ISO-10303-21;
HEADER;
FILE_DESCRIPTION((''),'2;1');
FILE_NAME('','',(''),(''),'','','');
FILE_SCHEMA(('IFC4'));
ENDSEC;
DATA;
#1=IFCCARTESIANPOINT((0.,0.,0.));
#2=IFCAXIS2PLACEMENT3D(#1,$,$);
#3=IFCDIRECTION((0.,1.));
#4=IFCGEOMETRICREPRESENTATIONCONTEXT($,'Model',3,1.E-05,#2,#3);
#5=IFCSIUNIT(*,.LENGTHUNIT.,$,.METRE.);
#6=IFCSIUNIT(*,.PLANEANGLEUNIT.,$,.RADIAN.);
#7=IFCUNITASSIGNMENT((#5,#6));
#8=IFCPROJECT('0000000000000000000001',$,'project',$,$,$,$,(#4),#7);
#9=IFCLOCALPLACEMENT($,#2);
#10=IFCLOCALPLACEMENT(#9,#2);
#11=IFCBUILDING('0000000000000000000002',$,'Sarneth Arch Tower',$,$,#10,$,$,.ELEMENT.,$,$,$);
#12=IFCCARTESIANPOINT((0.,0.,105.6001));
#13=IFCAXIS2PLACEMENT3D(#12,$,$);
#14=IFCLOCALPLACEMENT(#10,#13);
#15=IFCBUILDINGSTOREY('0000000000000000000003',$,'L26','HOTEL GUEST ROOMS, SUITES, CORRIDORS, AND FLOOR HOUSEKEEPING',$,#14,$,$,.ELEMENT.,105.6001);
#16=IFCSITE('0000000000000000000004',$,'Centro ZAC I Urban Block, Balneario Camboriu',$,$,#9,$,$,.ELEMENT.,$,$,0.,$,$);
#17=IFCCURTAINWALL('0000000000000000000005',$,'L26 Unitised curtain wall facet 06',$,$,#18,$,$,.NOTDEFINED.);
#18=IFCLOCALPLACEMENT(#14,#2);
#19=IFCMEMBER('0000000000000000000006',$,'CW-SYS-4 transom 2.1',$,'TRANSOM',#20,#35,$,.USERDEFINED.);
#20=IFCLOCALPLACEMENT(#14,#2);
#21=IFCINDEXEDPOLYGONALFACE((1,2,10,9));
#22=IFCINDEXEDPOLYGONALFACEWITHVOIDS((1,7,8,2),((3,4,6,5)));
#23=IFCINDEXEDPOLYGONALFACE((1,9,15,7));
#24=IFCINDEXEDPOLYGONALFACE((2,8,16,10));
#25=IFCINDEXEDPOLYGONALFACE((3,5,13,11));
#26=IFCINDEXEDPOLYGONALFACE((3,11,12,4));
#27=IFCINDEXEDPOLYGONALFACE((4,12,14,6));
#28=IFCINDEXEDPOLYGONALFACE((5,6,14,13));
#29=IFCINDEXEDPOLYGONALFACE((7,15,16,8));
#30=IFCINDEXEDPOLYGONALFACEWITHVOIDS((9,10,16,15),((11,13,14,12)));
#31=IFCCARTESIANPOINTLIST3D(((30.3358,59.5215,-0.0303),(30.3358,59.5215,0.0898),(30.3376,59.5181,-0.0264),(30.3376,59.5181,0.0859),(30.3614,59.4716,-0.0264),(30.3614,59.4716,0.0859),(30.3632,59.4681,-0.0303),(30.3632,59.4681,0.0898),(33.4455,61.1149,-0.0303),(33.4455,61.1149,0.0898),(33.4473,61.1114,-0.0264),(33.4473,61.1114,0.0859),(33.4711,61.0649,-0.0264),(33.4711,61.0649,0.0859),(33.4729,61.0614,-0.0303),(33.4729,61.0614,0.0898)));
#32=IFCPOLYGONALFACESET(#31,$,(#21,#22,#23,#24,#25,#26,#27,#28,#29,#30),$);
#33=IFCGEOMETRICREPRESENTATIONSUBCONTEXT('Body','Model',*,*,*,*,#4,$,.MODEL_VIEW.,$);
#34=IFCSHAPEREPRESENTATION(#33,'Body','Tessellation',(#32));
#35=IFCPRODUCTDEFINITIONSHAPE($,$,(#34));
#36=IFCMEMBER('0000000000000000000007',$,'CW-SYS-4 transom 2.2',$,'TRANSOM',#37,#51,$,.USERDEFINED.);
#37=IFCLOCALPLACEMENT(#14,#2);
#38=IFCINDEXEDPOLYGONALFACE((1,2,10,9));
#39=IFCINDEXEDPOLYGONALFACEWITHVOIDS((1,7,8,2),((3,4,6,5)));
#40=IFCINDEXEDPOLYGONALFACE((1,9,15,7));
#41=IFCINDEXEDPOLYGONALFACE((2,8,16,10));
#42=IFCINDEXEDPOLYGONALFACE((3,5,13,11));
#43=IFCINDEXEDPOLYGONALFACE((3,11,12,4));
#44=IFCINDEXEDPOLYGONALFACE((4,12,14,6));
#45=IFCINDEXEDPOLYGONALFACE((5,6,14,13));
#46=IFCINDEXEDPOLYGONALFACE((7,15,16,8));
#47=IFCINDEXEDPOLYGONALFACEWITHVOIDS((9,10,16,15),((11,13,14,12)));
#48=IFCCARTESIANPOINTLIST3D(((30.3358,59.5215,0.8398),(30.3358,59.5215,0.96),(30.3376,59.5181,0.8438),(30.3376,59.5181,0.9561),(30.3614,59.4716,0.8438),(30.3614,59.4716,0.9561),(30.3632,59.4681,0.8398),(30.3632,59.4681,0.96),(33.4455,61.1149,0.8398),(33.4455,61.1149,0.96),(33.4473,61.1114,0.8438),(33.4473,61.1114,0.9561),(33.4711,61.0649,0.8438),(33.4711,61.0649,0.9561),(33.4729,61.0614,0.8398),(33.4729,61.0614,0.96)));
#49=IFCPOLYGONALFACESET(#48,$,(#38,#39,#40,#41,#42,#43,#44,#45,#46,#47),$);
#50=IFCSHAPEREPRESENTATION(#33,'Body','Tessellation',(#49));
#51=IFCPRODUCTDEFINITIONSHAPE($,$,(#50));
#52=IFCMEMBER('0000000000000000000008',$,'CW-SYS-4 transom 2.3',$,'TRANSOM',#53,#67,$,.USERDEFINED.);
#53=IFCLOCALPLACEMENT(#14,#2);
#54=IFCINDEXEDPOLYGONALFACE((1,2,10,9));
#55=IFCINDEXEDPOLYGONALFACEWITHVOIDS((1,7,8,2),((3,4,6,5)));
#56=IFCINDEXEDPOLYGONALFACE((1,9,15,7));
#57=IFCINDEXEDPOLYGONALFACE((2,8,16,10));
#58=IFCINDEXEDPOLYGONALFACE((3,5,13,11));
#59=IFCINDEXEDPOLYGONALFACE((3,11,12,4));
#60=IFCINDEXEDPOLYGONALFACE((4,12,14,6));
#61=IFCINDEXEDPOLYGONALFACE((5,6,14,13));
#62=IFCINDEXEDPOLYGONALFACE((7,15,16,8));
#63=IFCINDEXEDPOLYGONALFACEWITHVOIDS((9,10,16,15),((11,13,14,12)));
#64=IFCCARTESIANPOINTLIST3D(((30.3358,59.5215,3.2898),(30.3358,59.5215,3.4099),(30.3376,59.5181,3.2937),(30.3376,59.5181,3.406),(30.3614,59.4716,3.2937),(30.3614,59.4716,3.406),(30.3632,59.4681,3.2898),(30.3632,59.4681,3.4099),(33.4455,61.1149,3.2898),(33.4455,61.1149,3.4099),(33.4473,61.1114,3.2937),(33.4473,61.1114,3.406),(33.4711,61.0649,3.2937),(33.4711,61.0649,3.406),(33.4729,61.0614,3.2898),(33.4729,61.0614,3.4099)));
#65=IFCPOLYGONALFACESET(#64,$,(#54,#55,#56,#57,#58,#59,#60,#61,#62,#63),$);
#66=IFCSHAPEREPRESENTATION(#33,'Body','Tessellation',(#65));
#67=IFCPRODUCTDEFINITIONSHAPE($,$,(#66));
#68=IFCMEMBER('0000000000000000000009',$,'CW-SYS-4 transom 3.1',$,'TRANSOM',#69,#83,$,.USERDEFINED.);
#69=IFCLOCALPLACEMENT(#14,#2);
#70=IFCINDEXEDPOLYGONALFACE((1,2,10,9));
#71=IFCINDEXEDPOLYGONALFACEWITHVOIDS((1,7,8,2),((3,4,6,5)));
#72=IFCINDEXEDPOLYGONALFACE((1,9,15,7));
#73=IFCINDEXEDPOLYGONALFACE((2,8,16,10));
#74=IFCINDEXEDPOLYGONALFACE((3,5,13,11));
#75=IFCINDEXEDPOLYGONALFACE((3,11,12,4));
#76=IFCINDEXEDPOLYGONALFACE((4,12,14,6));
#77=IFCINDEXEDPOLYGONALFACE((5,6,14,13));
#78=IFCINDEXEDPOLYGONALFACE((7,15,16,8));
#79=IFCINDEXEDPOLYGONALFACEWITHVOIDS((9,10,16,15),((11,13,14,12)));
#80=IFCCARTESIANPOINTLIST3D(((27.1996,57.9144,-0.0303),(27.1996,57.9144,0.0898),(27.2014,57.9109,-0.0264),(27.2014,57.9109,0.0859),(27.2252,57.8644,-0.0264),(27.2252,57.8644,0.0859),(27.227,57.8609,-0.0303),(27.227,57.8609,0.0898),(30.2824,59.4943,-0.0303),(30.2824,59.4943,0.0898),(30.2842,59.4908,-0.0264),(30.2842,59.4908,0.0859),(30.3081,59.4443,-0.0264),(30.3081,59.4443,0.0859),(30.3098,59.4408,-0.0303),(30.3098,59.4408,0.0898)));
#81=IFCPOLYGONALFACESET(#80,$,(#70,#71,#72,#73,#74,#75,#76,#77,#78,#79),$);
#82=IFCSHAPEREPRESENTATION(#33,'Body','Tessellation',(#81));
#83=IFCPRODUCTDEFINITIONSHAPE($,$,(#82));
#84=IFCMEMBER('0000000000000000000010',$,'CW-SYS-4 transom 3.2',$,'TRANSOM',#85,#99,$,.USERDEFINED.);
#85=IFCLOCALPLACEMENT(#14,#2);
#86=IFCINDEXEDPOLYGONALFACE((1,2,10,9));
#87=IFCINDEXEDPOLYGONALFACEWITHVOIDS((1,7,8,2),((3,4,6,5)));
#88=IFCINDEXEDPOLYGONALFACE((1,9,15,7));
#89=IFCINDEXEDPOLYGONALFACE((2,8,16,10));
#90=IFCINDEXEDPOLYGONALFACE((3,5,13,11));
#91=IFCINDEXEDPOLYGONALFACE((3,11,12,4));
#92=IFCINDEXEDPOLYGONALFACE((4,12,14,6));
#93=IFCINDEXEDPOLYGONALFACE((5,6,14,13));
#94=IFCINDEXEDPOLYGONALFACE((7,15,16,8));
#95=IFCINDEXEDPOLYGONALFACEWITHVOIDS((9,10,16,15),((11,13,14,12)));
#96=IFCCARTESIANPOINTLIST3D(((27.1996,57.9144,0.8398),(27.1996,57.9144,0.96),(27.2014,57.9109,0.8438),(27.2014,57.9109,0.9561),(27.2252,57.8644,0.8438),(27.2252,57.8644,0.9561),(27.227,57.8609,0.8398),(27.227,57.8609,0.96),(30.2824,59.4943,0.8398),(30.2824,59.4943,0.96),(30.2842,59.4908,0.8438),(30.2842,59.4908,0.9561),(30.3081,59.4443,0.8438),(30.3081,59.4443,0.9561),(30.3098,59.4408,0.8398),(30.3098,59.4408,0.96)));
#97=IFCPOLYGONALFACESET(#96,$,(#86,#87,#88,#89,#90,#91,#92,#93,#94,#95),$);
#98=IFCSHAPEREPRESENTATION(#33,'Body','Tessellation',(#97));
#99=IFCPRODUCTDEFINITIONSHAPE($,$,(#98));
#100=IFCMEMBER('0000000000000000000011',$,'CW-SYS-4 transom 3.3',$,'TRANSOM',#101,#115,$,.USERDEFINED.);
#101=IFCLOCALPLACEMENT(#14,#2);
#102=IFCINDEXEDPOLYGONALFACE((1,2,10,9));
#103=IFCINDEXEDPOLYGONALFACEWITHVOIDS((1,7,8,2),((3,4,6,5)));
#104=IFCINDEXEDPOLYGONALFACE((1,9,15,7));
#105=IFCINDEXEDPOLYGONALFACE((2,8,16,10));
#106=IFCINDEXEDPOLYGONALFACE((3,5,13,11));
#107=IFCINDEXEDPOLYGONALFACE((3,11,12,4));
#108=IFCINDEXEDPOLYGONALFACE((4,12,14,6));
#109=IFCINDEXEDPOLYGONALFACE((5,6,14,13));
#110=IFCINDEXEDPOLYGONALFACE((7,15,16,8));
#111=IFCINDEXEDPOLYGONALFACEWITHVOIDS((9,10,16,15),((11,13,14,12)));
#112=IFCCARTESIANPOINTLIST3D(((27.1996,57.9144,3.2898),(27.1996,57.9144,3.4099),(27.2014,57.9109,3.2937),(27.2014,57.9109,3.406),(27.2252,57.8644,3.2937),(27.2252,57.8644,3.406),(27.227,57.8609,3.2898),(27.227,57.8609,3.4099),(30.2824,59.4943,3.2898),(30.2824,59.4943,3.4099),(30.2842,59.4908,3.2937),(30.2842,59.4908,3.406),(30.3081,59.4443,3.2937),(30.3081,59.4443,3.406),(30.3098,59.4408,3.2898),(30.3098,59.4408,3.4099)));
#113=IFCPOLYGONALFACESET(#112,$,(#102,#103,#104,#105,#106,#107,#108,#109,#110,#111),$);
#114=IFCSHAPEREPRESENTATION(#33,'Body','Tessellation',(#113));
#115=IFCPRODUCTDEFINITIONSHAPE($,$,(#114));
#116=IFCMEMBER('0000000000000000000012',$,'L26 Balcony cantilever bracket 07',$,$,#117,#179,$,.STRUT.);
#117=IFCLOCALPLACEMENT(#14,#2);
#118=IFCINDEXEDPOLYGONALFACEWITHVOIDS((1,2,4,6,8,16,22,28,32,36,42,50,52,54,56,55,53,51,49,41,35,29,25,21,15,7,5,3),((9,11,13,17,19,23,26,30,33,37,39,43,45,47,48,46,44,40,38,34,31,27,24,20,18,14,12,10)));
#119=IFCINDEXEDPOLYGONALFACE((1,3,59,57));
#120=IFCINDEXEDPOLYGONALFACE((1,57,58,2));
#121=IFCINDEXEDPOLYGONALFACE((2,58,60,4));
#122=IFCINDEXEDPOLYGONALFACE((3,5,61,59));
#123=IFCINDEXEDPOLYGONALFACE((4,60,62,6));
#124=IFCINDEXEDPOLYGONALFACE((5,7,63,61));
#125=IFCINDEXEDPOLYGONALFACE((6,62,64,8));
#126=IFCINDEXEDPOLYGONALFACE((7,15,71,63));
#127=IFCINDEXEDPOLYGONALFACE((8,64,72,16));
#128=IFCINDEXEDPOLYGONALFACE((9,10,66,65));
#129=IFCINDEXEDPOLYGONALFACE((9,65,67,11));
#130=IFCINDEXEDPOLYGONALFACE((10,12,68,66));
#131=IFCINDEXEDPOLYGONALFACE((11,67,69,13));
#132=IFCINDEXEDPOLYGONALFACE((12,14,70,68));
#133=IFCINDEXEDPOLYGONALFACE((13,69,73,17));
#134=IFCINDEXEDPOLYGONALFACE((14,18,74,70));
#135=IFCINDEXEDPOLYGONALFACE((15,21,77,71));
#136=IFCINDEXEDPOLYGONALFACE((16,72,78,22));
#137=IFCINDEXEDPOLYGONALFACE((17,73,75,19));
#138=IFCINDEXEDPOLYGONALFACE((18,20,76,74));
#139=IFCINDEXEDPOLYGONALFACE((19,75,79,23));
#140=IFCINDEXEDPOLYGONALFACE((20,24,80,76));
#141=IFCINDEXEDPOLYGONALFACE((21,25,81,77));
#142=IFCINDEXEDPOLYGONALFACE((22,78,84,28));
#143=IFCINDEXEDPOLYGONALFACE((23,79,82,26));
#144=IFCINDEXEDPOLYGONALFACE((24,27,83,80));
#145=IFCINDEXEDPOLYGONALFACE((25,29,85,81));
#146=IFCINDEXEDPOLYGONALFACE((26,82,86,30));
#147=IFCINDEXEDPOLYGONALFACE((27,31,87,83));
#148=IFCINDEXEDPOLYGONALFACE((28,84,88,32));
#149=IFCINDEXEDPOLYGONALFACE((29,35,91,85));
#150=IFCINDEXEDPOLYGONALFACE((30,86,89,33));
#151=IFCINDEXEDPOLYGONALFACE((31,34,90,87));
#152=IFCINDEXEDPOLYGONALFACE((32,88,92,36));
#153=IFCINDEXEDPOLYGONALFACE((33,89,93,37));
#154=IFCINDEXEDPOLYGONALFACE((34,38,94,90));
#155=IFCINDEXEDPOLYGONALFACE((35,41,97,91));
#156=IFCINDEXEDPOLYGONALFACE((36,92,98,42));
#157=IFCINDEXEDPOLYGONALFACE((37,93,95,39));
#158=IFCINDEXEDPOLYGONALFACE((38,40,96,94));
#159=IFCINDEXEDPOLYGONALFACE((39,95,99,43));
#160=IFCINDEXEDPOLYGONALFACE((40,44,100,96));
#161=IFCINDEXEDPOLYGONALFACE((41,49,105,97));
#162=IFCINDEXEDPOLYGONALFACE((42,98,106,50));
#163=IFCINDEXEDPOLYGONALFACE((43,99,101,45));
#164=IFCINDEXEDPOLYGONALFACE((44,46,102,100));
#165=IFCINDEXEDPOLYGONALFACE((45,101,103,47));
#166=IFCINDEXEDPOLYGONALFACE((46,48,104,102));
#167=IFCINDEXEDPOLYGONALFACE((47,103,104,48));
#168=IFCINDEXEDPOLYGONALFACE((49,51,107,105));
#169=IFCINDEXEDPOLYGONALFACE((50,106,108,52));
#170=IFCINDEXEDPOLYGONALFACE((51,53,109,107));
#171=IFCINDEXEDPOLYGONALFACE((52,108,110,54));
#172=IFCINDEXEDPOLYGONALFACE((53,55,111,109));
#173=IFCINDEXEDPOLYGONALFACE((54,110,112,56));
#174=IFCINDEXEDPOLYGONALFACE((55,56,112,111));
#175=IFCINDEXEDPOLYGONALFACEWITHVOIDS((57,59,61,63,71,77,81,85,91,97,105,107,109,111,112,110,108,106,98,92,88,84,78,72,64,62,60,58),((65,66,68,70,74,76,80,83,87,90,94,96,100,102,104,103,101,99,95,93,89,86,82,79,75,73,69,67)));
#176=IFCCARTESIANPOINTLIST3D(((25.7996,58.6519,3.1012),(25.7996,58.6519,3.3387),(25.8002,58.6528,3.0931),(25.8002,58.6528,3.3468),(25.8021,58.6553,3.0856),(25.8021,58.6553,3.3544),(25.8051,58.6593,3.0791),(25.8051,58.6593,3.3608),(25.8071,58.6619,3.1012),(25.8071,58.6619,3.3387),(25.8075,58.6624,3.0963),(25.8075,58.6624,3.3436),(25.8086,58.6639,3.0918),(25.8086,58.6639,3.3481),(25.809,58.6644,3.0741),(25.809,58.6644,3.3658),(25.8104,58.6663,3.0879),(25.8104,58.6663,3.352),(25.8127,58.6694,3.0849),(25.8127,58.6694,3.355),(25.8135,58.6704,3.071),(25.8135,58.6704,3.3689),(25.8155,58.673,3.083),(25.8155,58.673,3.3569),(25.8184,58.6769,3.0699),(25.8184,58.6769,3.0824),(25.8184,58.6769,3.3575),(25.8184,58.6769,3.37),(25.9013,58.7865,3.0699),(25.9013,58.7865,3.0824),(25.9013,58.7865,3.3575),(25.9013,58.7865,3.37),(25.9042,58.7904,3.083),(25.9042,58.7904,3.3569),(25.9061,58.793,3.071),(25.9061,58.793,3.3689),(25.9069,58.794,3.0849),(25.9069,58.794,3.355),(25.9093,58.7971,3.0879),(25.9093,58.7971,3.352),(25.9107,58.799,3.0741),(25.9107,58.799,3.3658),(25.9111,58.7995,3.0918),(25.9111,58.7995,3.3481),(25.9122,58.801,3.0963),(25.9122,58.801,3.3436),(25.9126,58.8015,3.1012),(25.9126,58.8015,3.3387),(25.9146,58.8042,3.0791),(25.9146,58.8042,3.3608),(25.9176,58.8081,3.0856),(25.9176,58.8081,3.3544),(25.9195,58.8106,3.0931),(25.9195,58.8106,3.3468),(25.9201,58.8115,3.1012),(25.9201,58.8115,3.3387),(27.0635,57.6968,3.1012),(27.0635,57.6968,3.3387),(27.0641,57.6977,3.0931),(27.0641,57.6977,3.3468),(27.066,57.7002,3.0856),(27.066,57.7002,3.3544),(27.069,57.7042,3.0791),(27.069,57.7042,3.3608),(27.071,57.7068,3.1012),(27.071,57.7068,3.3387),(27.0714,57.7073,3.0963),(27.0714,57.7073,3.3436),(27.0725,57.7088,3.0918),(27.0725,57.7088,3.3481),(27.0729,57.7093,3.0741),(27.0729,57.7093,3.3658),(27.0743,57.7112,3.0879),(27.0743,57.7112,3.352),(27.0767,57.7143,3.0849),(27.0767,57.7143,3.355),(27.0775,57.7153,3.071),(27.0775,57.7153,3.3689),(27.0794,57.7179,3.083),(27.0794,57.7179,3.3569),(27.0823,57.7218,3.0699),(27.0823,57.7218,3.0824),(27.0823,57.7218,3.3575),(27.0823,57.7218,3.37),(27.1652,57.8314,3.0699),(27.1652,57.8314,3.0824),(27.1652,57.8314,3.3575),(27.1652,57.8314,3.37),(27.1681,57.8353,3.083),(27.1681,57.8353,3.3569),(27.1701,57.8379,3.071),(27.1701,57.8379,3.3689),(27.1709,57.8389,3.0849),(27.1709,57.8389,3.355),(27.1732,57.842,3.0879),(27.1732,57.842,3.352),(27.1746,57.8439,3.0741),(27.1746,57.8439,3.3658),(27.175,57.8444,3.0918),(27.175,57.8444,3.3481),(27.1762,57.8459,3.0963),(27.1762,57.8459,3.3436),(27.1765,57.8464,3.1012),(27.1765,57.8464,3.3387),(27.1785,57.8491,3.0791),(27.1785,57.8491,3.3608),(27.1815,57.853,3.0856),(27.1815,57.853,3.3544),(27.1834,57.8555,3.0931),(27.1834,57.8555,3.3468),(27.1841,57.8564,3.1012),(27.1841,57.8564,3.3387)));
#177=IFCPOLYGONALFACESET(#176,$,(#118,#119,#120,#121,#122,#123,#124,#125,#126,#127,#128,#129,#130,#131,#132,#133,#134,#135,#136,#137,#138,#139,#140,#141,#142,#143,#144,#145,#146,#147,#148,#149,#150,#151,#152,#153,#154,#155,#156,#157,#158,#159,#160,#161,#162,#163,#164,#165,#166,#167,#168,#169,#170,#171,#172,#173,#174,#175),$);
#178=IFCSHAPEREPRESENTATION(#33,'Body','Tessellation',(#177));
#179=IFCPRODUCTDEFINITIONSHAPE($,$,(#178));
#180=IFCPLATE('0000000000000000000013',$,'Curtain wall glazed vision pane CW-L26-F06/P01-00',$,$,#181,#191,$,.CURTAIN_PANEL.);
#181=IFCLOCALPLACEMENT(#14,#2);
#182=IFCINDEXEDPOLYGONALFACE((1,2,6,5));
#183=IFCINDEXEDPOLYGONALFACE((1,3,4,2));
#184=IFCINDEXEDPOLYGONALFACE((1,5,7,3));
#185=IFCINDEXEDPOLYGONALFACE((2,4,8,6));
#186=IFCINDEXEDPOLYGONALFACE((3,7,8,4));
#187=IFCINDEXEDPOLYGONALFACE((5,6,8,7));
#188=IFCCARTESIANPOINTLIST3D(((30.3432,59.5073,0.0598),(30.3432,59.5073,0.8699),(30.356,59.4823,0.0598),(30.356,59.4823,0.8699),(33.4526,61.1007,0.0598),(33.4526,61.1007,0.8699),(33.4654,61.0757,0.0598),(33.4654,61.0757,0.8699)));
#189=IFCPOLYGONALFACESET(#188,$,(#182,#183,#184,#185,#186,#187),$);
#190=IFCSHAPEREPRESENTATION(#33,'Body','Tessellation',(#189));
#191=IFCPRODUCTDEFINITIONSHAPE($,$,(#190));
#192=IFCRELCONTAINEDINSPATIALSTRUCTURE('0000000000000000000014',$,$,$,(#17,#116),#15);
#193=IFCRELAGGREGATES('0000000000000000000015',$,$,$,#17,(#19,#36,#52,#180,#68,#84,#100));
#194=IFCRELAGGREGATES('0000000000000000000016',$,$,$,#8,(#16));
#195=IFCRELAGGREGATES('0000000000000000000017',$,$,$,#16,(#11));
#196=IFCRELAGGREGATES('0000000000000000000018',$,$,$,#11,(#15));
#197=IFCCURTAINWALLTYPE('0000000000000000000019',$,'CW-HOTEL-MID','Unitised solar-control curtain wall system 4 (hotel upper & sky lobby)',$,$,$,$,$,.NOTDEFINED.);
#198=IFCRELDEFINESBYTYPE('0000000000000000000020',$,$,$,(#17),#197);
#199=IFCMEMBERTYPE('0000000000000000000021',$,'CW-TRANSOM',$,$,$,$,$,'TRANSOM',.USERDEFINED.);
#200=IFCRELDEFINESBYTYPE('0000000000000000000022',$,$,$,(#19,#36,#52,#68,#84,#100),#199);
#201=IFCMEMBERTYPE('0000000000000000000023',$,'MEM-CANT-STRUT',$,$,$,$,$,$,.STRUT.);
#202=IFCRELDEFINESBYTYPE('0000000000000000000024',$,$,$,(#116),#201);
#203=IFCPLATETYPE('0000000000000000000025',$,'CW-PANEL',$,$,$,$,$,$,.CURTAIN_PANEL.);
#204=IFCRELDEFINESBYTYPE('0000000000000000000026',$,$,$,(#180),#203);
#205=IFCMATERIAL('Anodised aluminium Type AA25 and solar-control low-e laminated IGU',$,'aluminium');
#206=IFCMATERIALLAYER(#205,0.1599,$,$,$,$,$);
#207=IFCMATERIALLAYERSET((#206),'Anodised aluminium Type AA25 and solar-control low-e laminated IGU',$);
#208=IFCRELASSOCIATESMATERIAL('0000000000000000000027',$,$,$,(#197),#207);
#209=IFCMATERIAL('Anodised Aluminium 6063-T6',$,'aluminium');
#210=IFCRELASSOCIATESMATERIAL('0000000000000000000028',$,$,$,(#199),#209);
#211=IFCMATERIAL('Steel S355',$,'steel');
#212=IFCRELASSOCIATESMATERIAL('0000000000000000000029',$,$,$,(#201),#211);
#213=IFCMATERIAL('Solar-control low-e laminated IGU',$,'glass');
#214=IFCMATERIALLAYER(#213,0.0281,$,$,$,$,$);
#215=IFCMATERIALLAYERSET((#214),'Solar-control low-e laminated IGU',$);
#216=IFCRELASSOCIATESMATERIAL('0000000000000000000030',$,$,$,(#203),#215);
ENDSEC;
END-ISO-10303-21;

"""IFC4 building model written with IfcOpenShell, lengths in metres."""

from ifc_helpers import new_model, si_unit, direction, frame, origin, origin_2d, place, context, subcontext, project, spatial, rectangle, hollow_rectangle, extrude, material, layer, layer_set, material_profile, profile_set, type_object, element, aggregate, save


model = new_model("IFC4")

# Units and contexts
model_context = context("Model", 3, precision=1e-05, world=origin(), true_north=direction((0.0, 1.0)))
body_context = subcontext(model_context, "Body", "Model", "MODEL_VIEW")
ifc_project = project(units=[si_unit("LENGTHUNIT", "METRE"), si_unit("PLANEANGLEUNIT", "RADIAN")], contexts=[model_context])

# Site, building, storey
site_placement = place(None, origin())
site = spatial("IfcSite", under=ifc_project, at=site_placement, Name="Centro ZAC I Urban Block, Balneario Camboriu", CompositionType="ELEMENT", RefElevation=0.0)
building_placement = place(site_placement, origin())
building = spatial("IfcBuilding", under=site, at=building_placement, Name="Sarneth Arch Tower", CompositionType="ELEMENT")
storey_placement = place(building_placement, frame((0.0, 0.0, 105.6001)))
storey = spatial("IfcBuildingStorey", under=building, at=storey_placement, Name="L26", Description="HOTEL GUEST ROOMS, SUITES, CORRIDORS, AND FLOOR HOUSEKEEPING", CompositionType="ELEMENT", Elevation=105.6001)

# Curtain wall, members
ifc_material_1 = material(Name="Anodised aluminium Type AA25 and solar-control low-e laminated IGU", Category="aluminium")
ifc_layer_1 = layer(ifc_material_1, 0.1599)
ifc_layer_set_1 = layer_set([ifc_layer_1], Name="Anodised aluminium Type AA25 and solar-control low-e laminated IGU")
curtain_wall_type = type_object("IfcCurtainWallType", Name="CW-HOTEL-MID", Description="Unitised solar-control curtain wall system 4 (hotel upper & sky lobby)", PredefinedType="NOTDEFINED", material=ifc_layer_set_1)
curtain_wall_placement = place(storey_placement, origin())
curtain_wall = element("IfcCurtainWall", 1, at=curtain_wall_placement, inside=storey, type_object=curtain_wall_type, Name="L26 Unitised curtain wall facet 06", PredefinedType="NOTDEFINED")
ifc_material_2 = material(Name="Anodised Aluminium 6063-T6", Category="aluminium")
ifc_material_profile_1 = material_profile(ifc_material_2, hollow_rectangle(XDim=0.0601, YDim=0.1201, WallThickness=0.0039, at=origin_2d()), Name="AL-TRAN-120x60x4")
ifc_profile_set_1 = profile_set([ifc_material_profile_1], Name="Anodised Aluminium 6063-T6")
member_type_1 = type_object("IfcMemberType", Name="CW-TRANSOM", ElementType="TRANSOM", PredefinedType="USERDEFINED", material=ifc_profile_set_1)
member_1_placement = place(storey_placement, frame((33.4592, 61.0881, 0.0298), z_axis=(-0.889982, -0.455996, 0.0), x_axis=(0.455996, -0.889982, 0.0)))
member_1 = element("IfcMember", 2, at=member_1_placement, type_object=member_type_1, Name="CW-SYS-4 transom 2.1", ObjectType="TRANSOM", PredefinedType="USERDEFINED", context=body_context, shape_type="SweptSolid", body=[
    extrude(hollow_rectangle(XDim=0.0601, YDim=0.1201, WallThickness=0.0039, at=origin_2d()), origin(), (0.0, 0.0, 1.0), 3.4941),
])
member_2_placement = place(storey_placement, frame((33.4592, 61.0881, 0.8999), z_axis=(-0.889982, -0.455996, 0.0), x_axis=(0.455996, -0.889982, 0.0)))
member_2 = element("IfcMember", 3, at=member_2_placement, type_object=member_type_1, Name="CW-SYS-4 transom 2.2", ObjectType="TRANSOM", PredefinedType="USERDEFINED", context=body_context, shape_type="SweptSolid", body=[
    extrude(hollow_rectangle(XDim=0.0601, YDim=0.1201, WallThickness=0.0039, at=origin_2d()), origin(), (0.0, 0.0, 1.0), 3.4941),
])
member_3_placement = place(storey_placement, frame((33.4592, 61.0881, 3.3499), z_axis=(-0.889982, -0.455996, 0.0), x_axis=(0.455996, -0.889982, 0.0)))
member_3 = element("IfcMember", 4, at=member_3_placement, type_object=member_type_1, Name="CW-SYS-4 transom 2.3", ObjectType="TRANSOM", PredefinedType="USERDEFINED", context=body_context, shape_type="SweptSolid", body=[
    extrude(hollow_rectangle(XDim=0.0601, YDim=0.1201, WallThickness=0.0039, at=origin_2d()), origin(), (0.0, 0.0, 1.0), 3.4941),
])
member_4_placement = place(storey_placement, frame((30.2961, 59.4675, 0.0298), z_axis=(-0.889943, -0.456072, 0.0), x_axis=(0.456072, -0.889943, 0.0)))
member_4 = element("IfcMember", 5, at=member_4_placement, type_object=member_type_1, Name="CW-SYS-4 transom 3.1", ObjectType="TRANSOM", PredefinedType="USERDEFINED", context=body_context, shape_type="SweptSolid", body=[
    extrude(hollow_rectangle(XDim=0.0601, YDim=0.1201, WallThickness=0.0039, at=origin_2d()), origin(), (0.0, 0.0, 1.0), 3.4641),
])
member_5_placement = place(storey_placement, frame((30.2961, 59.4675, 0.8999), z_axis=(-0.889943, -0.456072, 0.0), x_axis=(0.456072, -0.889943, 0.0)))
member_5 = element("IfcMember", 6, at=member_5_placement, type_object=member_type_1, Name="CW-SYS-4 transom 3.2", ObjectType="TRANSOM", PredefinedType="USERDEFINED", context=body_context, shape_type="SweptSolid", body=[
    extrude(hollow_rectangle(XDim=0.0601, YDim=0.1201, WallThickness=0.0039, at=origin_2d()), origin(), (0.0, 0.0, 1.0), 3.4641),
])
member_6_placement = place(storey_placement, frame((30.2961, 59.4675, 3.3499), z_axis=(-0.889943, -0.456072, 0.0), x_axis=(0.456072, -0.889943, 0.0)))
member_6 = element("IfcMember", 7, at=member_6_placement, type_object=member_type_1, Name="CW-SYS-4 transom 3.3", ObjectType="TRANSOM", PredefinedType="USERDEFINED", context=body_context, shape_type="SweptSolid", body=[
    extrude(hollow_rectangle(XDim=0.0601, YDim=0.1201, WallThickness=0.0039, at=origin_2d()), origin(), (0.0, 0.0, 1.0), 3.4641),
])

# Member
ifc_material_3 = material(Name="Steel S355", Category="steel")
ifc_material_profile_2 = material_profile(ifc_material_3, hollow_rectangle(XDim=0.2, YDim=0.3, WallThickness=0.0125, InnerFilletRadius=0.0188, OuterFilletRadius=0.0312, at=origin_2d()), Name="RHS300x200x12.5")
ifc_profile_set_2 = profile_set([ifc_material_profile_2], Name="Steel S355")
member_type_2 = type_object("IfcMemberType", Name="MEM-CANT-STRUT", PredefinedType="STRUT", material=ifc_profile_set_2)
member_7_placement = place(storey_placement, frame((27.1238, 57.7766, 3.22), z_axis=(-0.797831, 0.602881, 0.0), x_axis=(-0.602881, -0.797831, 0.0)))
element("IfcMember", 8, at=member_7_placement, inside=storey, type_object=member_type_2, Name="L26 Balcony cantilever bracket 07", PredefinedType="STRUT", context=body_context, shape_type="SweptSolid", body=[
    extrude(hollow_rectangle(XDim=0.2, YDim=0.3, WallThickness=0.0125, InnerFilletRadius=0.0188, OuterFilletRadius=0.0312, at=origin_2d()), origin(), (0.0, 0.0, 1.0), 1.5842),
])

# Plate
ifc_material_4 = material(Name="Solar-control low-e laminated IGU", Category="glass")
ifc_layer_2 = layer(ifc_material_4, 0.0281)
ifc_layer_set_2 = layer_set([ifc_layer_2], Name="Solar-control low-e laminated IGU")
plate_type_1 = type_object("IfcPlateType", Name="CW-PANEL", PredefinedType="CURTAIN_PANEL", material=ifc_layer_set_2)
plate_1_placement = place(storey_placement, frame((31.9043, 60.2915, 0.0598), z_axis=(0.0, 0.0, 1.0), x_axis=(-0.889964, -0.456031, 0.0)))
plate_1 = element("IfcPlate", 9, at=plate_1_placement, type_object=plate_type_1, Name="Curtain wall glazed vision pane CW-L26-F06/P01-00", PredefinedType="CURTAIN_PANEL", context=body_context, shape_type="SweptSolid", body=[
    extrude(rectangle(XDim=3.4939, YDim=0.0281, at=origin_2d()), origin(), (0.0, 0.0, 1.0), 0.8101),
])
aggregate(curtain_wall, [member_1, member_2, member_3, plate_1, member_4, member_5, member_6])

save(model, "model.ifc")
